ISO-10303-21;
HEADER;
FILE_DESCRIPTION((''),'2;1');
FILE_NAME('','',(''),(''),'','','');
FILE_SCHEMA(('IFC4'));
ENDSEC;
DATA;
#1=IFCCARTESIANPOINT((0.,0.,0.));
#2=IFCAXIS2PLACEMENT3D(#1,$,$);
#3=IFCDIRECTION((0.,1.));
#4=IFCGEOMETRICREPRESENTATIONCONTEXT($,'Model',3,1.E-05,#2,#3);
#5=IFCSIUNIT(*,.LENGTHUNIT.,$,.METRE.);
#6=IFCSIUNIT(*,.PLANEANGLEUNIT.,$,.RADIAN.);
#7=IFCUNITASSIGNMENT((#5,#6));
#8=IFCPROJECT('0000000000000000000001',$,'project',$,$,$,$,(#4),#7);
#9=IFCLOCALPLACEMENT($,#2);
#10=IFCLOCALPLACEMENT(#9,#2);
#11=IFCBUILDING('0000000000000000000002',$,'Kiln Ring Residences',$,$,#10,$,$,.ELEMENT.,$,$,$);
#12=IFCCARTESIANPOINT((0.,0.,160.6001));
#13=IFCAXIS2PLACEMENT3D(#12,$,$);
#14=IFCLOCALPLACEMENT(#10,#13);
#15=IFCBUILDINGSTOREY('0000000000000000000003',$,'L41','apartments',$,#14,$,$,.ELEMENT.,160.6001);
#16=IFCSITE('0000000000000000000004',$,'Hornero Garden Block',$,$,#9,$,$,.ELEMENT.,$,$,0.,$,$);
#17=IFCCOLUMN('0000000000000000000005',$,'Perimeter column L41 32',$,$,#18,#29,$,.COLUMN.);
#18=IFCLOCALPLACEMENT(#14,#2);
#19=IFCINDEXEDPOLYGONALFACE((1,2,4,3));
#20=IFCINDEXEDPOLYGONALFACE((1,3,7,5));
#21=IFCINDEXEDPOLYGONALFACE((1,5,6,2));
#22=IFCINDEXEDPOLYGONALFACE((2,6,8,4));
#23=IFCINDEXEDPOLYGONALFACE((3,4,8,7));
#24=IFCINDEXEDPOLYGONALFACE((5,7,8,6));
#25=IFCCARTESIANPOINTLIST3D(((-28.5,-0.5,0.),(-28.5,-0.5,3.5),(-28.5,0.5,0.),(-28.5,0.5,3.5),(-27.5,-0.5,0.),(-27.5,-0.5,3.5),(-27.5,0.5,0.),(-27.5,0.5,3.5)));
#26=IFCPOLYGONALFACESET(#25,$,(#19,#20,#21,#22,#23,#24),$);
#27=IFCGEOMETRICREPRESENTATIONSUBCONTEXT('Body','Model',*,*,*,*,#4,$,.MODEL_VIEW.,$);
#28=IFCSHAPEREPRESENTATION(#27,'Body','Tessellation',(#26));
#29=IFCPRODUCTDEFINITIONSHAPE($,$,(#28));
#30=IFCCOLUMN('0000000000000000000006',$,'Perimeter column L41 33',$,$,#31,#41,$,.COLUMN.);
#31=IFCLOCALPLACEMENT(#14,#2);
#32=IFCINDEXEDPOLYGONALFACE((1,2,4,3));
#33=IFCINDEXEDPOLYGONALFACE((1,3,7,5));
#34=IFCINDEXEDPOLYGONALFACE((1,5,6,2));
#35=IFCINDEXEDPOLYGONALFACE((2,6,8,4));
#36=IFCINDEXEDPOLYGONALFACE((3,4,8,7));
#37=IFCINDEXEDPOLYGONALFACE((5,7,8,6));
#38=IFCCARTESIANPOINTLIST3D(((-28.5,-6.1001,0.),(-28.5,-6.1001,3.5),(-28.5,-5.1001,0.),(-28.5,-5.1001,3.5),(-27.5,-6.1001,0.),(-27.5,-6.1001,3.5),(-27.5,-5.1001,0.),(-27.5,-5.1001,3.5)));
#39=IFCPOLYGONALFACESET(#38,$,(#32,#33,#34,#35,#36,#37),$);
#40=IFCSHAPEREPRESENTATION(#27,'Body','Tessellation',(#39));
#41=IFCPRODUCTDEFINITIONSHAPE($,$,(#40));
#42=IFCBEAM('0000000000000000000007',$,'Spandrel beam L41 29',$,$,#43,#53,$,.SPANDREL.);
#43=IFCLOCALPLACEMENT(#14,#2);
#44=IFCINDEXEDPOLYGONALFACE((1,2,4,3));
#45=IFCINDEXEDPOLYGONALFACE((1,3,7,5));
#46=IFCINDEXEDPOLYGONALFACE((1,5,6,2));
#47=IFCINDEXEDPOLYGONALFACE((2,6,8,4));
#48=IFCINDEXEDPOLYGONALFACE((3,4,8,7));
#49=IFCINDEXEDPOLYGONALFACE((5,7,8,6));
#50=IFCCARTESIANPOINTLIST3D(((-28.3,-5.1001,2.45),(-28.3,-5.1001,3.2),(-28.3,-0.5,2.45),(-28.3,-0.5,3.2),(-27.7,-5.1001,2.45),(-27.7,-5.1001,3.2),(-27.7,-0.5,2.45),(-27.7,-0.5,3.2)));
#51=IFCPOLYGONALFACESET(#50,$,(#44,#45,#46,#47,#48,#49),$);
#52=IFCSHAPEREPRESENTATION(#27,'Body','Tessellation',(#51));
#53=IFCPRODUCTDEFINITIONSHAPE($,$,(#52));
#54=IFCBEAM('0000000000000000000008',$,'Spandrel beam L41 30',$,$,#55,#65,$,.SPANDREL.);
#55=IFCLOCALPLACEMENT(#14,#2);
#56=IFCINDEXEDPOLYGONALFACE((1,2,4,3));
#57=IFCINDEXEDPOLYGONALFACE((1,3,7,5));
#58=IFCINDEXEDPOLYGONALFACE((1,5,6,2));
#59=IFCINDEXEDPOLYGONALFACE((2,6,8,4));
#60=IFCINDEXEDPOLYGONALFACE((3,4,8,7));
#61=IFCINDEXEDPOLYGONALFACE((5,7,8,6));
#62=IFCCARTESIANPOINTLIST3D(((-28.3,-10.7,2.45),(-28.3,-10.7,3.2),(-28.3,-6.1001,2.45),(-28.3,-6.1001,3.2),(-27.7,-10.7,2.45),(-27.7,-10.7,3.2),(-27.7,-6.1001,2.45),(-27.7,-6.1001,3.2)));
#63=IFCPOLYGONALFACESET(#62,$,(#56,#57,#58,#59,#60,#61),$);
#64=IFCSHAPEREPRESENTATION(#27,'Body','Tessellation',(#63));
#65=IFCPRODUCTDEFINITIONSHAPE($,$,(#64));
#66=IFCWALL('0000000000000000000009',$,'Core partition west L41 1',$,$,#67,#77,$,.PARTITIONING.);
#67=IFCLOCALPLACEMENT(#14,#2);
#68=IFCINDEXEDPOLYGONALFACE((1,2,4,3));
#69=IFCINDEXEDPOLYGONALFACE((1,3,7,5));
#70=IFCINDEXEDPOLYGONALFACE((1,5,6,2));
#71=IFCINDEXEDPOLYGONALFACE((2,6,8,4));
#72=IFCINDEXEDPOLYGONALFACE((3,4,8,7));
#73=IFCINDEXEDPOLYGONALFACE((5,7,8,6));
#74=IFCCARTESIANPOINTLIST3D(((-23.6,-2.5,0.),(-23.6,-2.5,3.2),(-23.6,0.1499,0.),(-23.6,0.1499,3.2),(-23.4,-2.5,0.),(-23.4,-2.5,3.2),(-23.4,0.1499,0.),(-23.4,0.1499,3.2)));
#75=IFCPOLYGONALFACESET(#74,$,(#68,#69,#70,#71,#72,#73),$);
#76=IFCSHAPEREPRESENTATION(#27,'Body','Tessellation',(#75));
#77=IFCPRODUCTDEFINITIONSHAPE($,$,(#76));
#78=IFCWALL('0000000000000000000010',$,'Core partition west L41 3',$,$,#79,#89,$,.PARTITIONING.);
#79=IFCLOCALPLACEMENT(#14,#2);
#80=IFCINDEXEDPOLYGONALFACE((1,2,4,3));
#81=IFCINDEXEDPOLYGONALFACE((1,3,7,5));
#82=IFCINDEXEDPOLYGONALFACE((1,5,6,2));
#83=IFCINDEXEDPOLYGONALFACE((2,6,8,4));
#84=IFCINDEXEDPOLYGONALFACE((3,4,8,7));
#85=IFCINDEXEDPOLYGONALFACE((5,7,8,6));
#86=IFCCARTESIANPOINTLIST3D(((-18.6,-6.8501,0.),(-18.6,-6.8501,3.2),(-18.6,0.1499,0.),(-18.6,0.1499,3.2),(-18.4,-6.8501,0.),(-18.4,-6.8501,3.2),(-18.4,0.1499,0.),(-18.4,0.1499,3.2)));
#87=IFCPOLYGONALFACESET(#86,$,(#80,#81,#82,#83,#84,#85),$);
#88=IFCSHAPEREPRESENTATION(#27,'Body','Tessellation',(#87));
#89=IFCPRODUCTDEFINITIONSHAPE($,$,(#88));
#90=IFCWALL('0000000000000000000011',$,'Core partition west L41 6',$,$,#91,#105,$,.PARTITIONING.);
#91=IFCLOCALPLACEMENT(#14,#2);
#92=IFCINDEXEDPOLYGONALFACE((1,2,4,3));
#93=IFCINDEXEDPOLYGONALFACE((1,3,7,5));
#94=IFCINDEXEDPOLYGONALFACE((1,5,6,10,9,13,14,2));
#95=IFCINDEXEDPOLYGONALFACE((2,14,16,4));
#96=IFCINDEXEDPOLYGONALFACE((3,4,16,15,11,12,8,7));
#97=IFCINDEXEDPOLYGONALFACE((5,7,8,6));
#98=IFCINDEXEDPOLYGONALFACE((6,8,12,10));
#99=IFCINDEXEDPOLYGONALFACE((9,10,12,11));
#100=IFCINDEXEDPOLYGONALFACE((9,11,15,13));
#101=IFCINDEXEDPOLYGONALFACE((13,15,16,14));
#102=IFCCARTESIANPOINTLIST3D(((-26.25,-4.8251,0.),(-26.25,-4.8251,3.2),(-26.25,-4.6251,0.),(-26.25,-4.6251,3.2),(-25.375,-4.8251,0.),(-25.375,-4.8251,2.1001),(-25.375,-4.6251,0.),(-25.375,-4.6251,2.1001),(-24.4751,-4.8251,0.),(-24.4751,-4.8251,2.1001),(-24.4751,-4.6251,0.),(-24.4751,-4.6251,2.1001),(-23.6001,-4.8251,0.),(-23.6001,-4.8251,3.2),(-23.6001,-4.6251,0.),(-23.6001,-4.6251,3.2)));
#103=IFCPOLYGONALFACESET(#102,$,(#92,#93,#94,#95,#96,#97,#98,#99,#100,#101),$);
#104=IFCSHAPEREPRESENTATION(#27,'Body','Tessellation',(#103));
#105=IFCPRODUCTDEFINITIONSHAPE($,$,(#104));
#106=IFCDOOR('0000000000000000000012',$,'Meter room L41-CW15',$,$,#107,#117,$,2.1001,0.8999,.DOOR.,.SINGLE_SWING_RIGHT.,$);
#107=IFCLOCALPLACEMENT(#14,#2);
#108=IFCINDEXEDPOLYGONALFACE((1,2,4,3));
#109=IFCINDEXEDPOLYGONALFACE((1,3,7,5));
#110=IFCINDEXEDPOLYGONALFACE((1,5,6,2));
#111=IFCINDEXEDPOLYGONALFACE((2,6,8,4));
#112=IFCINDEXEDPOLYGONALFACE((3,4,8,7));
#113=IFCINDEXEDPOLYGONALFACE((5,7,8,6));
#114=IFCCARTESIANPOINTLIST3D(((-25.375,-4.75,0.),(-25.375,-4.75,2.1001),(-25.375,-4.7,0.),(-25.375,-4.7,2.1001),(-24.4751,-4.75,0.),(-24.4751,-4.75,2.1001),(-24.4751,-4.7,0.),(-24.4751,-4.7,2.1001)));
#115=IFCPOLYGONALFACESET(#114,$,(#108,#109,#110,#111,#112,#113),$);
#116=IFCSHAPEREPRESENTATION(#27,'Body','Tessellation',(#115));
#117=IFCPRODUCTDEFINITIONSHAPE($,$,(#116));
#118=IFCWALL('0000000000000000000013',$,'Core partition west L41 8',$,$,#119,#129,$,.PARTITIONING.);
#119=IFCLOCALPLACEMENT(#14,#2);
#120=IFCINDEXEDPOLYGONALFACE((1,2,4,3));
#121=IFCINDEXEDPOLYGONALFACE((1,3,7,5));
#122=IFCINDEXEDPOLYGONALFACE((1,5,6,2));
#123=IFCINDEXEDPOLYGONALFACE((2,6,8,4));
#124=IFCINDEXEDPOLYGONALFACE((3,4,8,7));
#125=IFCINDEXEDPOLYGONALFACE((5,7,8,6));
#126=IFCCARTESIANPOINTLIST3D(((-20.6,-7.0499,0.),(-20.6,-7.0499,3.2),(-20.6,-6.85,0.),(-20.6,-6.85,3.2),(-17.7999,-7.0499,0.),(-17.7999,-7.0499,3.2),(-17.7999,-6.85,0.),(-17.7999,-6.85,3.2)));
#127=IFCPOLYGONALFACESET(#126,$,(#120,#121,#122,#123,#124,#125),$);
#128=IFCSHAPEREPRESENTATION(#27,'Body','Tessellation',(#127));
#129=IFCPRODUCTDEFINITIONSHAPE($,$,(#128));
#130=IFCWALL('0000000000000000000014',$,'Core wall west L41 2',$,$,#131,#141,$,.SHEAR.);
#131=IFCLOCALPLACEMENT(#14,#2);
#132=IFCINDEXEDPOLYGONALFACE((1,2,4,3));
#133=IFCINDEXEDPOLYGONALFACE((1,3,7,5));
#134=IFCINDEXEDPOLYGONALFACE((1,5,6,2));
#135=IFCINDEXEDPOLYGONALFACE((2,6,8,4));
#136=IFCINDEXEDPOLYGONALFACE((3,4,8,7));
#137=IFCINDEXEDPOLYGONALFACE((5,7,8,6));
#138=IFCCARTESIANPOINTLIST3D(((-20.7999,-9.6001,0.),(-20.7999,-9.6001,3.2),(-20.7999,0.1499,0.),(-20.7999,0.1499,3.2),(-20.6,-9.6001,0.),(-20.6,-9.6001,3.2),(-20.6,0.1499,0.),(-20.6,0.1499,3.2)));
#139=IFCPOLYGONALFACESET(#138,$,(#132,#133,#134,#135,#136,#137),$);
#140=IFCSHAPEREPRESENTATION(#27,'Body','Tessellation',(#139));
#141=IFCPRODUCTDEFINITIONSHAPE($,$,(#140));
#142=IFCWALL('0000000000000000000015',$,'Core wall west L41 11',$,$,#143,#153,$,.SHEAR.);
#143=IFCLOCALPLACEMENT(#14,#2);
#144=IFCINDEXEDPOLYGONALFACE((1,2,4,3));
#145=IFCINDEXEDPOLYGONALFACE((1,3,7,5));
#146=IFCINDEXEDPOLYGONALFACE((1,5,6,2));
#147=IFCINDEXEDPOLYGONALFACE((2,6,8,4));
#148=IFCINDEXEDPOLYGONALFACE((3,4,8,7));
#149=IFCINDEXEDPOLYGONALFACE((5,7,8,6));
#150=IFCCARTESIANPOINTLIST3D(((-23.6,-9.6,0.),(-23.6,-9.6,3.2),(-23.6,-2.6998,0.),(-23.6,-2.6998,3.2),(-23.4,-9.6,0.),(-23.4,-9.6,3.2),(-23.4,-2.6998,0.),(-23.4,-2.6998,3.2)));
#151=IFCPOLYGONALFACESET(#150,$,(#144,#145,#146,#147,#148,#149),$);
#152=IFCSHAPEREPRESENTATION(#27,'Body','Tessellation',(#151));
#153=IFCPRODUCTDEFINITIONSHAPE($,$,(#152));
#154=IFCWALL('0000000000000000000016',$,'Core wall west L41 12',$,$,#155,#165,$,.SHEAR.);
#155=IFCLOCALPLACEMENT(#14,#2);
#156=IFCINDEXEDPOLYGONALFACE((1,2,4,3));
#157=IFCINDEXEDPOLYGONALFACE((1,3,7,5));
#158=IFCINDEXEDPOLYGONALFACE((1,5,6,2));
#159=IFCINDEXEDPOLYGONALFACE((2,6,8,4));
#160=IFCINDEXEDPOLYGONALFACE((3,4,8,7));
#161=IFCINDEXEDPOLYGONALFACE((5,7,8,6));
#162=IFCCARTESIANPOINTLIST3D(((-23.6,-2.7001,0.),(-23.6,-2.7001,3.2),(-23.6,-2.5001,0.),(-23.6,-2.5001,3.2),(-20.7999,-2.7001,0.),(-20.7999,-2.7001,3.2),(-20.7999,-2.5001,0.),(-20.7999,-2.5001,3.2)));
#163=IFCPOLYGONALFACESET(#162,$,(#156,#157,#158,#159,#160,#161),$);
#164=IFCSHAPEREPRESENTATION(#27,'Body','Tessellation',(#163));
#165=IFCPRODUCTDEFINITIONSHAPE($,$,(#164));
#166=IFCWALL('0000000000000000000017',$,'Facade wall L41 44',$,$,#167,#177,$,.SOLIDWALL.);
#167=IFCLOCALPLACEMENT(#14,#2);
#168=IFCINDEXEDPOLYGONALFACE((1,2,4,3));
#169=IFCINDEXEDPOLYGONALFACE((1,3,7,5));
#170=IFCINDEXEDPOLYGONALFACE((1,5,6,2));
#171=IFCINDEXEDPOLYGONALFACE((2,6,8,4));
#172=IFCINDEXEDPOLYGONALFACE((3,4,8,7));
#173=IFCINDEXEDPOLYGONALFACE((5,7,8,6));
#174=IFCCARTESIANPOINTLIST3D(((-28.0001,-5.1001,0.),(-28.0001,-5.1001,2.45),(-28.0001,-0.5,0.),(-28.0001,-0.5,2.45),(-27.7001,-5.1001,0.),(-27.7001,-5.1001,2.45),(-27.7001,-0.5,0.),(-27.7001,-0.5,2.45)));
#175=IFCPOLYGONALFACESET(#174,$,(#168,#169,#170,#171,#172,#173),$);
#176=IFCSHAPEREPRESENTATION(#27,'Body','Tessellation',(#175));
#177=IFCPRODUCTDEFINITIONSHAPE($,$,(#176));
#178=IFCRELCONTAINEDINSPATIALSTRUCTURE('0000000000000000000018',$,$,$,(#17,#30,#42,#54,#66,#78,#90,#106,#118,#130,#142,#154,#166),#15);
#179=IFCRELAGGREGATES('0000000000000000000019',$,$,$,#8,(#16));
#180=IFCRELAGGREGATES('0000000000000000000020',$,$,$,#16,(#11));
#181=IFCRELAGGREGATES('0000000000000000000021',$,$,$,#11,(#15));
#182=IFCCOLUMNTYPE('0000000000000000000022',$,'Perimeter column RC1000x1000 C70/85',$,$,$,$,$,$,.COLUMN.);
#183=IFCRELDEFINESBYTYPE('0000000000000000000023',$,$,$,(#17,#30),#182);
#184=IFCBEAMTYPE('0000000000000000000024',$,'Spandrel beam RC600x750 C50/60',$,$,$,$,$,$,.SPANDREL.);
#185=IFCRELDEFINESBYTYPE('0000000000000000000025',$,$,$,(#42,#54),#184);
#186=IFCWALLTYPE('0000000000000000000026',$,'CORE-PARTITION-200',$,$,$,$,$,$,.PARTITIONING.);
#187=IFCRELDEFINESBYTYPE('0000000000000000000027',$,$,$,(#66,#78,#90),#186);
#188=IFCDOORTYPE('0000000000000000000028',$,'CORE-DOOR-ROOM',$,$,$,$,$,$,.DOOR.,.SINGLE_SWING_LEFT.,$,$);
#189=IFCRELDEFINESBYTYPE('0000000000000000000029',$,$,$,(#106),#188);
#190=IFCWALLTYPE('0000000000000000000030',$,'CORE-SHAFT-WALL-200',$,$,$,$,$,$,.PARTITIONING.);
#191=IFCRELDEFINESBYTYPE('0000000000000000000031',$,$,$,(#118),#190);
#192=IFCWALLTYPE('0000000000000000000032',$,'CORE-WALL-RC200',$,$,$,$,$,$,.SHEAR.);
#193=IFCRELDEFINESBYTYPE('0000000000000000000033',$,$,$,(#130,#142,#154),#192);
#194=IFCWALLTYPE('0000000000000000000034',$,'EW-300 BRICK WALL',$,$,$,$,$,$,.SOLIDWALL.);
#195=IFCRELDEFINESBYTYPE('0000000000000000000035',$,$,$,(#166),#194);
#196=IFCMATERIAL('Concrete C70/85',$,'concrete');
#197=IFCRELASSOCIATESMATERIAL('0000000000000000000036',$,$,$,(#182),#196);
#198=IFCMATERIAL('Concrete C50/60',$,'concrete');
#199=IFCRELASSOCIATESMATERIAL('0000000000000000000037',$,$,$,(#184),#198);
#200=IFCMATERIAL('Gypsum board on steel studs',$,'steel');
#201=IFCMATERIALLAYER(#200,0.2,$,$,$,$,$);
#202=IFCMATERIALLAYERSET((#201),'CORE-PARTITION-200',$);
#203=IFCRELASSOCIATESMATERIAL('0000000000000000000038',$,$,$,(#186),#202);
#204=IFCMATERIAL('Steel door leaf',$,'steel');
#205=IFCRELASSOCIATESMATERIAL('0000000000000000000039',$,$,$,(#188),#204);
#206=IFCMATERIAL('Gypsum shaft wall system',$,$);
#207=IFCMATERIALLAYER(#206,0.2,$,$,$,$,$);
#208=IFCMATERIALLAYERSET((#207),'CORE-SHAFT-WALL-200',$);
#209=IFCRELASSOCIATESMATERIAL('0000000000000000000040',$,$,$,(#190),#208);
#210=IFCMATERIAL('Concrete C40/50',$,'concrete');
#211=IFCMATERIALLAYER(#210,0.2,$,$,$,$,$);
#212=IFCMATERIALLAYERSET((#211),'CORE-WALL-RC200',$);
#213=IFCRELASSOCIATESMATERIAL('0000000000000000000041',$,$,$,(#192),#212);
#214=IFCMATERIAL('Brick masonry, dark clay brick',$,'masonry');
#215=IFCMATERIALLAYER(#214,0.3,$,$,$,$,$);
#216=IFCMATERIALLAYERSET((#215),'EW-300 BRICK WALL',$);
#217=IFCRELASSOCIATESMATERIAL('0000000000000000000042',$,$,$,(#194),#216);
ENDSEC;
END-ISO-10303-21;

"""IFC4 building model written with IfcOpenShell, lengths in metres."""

from ifc_helpers import new_model, si_unit, direction, frame, frame_2d, origin, origin_2d, place, context, subcontext, project, spatial, rectangle, extrude, material, layer, layer_set, material_profile, profile_set, type_object, element, fill, save


model = new_model("IFC4")

# Units and contexts
model_context = context("Model", 3, precision=1e-05, world=origin(), true_north=direction((0.0, 1.0)))
body_context = subcontext(model_context, "Body", "Model", "MODEL_VIEW")
ifc_project = project(units=[si_unit("LENGTHUNIT", "METRE"), si_unit("PLANEANGLEUNIT", "RADIAN")], contexts=[model_context])

# Site, building, storey
site_placement = place(None, origin())
site = spatial("IfcSite", under=ifc_project, at=site_placement, Name="Hornero Garden Block", CompositionType="ELEMENT", RefElevation=0.0)
building_placement = place(site_placement, origin())
building = spatial("IfcBuilding", under=site, at=building_placement, Name="Kiln Ring Residences", CompositionType="ELEMENT")
storey_placement = place(building_placement, frame((0.0, 0.0, 160.6001)))
storey = spatial("IfcBuildingStorey", under=building, at=storey_placement, Name="L41", Description="apartments", CompositionType="ELEMENT", Elevation=160.6001)

# Columns
ifc_material_1 = material(Name="Concrete C70/85", Category="concrete")
ifc_material_profile_1 = material_profile(ifc_material_1, rectangle(XDim=1.0, YDim=1.0, at=origin_2d()), Name="RC1000x1000")
ifc_profile_set_1 = profile_set([ifc_material_profile_1], Name="Concrete C70/85")
column_type = type_object("IfcColumnType", Name="Perimeter column RC1000x1000 C70/85", PredefinedType="COLUMN", material=ifc_profile_set_1)
for number, where, z_axis, x_axis, name in (
    (1, (-28.0, 0.0, 0.0), (0.0, 0.0, 1.0), (1.0, 0.0, 0.0), "Perimeter column L41 32"),
    (2, (-28.0, -5.6001, 0.0), (0.0, 0.0, 1.0), (1.0, 0.0, 0.0), "Perimeter column L41 33"),
):
    element("IfcColumn", number, at=place(storey_placement, frame(where, z_axis=z_axis, x_axis=x_axis)), inside=storey, type_object=column_type, Name=name, PredefinedType="COLUMN", context=body_context, shape_type="SweptSolid", body=[
        extrude(rectangle(XDim=1.0, YDim=1.0, at=origin_2d()), origin(), (0.0, 0.0, 1.0), 3.5),
    ])

# Beams
ifc_material_2 = material(Name="Concrete C50/60", Category="concrete")
ifc_material_profile_2 = material_profile(ifc_material_2, rectangle(XDim=0.6001, YDim=0.75, at=origin_2d()), Name="RC600x750")
ifc_profile_set_2 = profile_set([ifc_material_profile_2], Name="Concrete C50/60")
beam_type = type_object("IfcBeamType", Name="Spandrel beam RC600x750 C50/60", PredefinedType="SPANDREL", material=ifc_profile_set_2)
beam_1_placement = place(storey_placement, frame((-28.0, -0.5, 2.825), z_axis=(0.0, -1.0, 0.0), x_axis=(1.0, 0.0, 0.0)))
element("IfcBeam", 3, at=beam_1_placement, inside=storey, type_object=beam_type, Name="Spandrel beam L41 29", PredefinedType="SPANDREL", context=body_context, shape_type="SweptSolid", body=[
    extrude(rectangle(XDim=0.6001, YDim=0.75, at=origin_2d()), origin(), (0.0, 0.0, 1.0), 4.6001),
])
beam_2_placement = place(storey_placement, frame((-28.0, -6.1001, 2.825), z_axis=(0.0, -1.0, 0.0), x_axis=(1.0, 0.0, 0.0)))
element("IfcBeam", 4, at=beam_2_placement, inside=storey, type_object=beam_type, Name="Spandrel beam L41 30", PredefinedType="SPANDREL", context=body_context, shape_type="SweptSolid", body=[
    extrude(rectangle(XDim=0.6001, YDim=0.75, at=origin_2d()), origin(), (0.0, 0.0, 1.0), 4.5999),
])

# Walls
ifc_material_3 = material(Name="Gypsum board on steel studs", Category="steel")
ifc_layer_1 = layer(ifc_material_3, 0.2)
ifc_layer_set_1 = layer_set([ifc_layer_1], Name="CORE-PARTITION-200")
wall_type_1 = type_object("IfcWallType", Name="CORE-PARTITION-200", PredefinedType="PARTITIONING", material=ifc_layer_set_1)
wall_1_placement = place(storey_placement, frame((-23.5, -2.5, 0.0), z_axis=(0.0, 0.0, 1.0), x_axis=(0.0, 1.0, 0.0)))
element("IfcWall", 5, at=wall_1_placement, inside=storey, type_object=wall_type_1, Name="Core partition west L41 1", PredefinedType="PARTITIONING", context=body_context, shape_type="SweptSolid", body=[
    extrude(rectangle(XDim=2.6499, YDim=0.2, at=frame_2d((1.325, 0.0))), origin(), (0.0, 0.0, 1.0), 3.2),
])
wall_2_placement = place(storey_placement, frame((-18.5, -6.8501, 0.0), z_axis=(0.0, 0.0, 1.0), x_axis=(0.0, 1.0, 0.0)))
element("IfcWall", 6, at=wall_2_placement, inside=storey, type_object=wall_type_1, Name="Core partition west L41 3", PredefinedType="PARTITIONING", context=body_context, shape_type="SweptSolid", body=[
    extrude(rectangle(XDim=7.0, YDim=0.2, at=frame_2d((3.5, 0.0))), origin(), (0.0, 0.0, 1.0), 3.2),
])

# Wall, opening, door
wall_3_placement = place(storey_placement, frame((-23.6001, -4.7251, 0.0), z_axis=(0.0, 0.0, 1.0), x_axis=(-1.0, 0.0, 0.0)))
wall_3 = element("IfcWall", 7, at=wall_3_placement, inside=storey, type_object=wall_type_1, Name="Core partition west L41 6", PredefinedType="PARTITIONING", context=body_context, shape_type="SweptSolid", body=[
    extrude(rectangle(XDim=2.6499, YDim=0.2, at=frame_2d((1.325, 0.0))), origin(), (0.0, 0.0, 1.0), 3.2),
])
opening_placement = place(wall_3_placement, frame((0.875, 0.0, 0.0)))
opening = element("IfcOpeningElement", 8, at=opening_placement, cuts=wall_3, PredefinedType="OPENING", context=body_context, shape_type="SweptSolid", body=[
    extrude(rectangle(XDim=0.8999, YDim=2.1001, at=frame_2d((0.45, 1.05))), frame((0.0, 0.1099, 0.0), z_axis=(0.0, -1.0, 0.0), x_axis=(1.0, 0.0, 0.0)), (0.0, 0.0, 1.0), 0.22),
])
ifc_material_4 = material(Name="Steel door leaf", Category="steel")
door_type = type_object("IfcDoorType", Name="CORE-DOOR-ROOM", OperationType="SINGLE_SWING_LEFT", PredefinedType="DOOR", material=ifc_material_4)
door_placement = place(opening_placement, origin())
door = element("IfcDoor", 9, at=door_placement, inside=storey, type_object=door_type, Name="Meter room L41-CW15", OperationType="SINGLE_SWING_RIGHT", OverallHeight=2.1001, OverallWidth=0.8999, PredefinedType="DOOR", context=body_context, shape_type="SweptSolid", body=[
    extrude(rectangle(XDim=0.8999, YDim=2.1001, at=frame_2d((0.45, 1.05))), frame((0.0, 0.0249, 0.0), z_axis=(0.0, -1.0, 0.0), x_axis=(1.0, 0.0, 0.0)), (0.0, 0.0, 1.0), 0.05),
])
fill(opening, door)

# Walls
ifc_material_5 = material(Name="Gypsum shaft wall system")
ifc_layer_2 = layer(ifc_material_5, 0.2)
ifc_layer_set_2 = layer_set([ifc_layer_2], Name="CORE-SHAFT-WALL-200")
wall_type_2 = type_object("IfcWallType", Name="CORE-SHAFT-WALL-200", PredefinedType="PARTITIONING", material=ifc_layer_set_2)
wall_4_placement = place(storey_placement, frame((-17.8, -6.95, 0.0), z_axis=(0.0, 0.0, 1.0), x_axis=(-1.0, 0.0, 0.0)))
element("IfcWall", 10, at=wall_4_placement, inside=storey, type_object=wall_type_2, Name="Core partition west L41 8", PredefinedType="PARTITIONING", context=body_context, shape_type="SweptSolid", body=[
    extrude(rectangle(XDim=2.8, YDim=0.2, at=frame_2d((1.3999, 0.0))), origin(), (0.0, 0.0, 1.0), 3.2),
])
ifc_material_6 = material(Name="Concrete C40/50", Category="concrete")
ifc_layer_3 = layer(ifc_material_6, 0.2)
ifc_layer_set_3 = layer_set([ifc_layer_3], Name="CORE-WALL-RC200")
wall_type_3 = type_object("IfcWallType", Name="CORE-WALL-RC200", PredefinedType="SHEAR", material=ifc_layer_set_3)
wall_5_placement = place(storey_placement, frame((-20.7, -9.6001, 0.0), z_axis=(0.0, 0.0, 1.0), x_axis=(0.0, 1.0, 0.0)))
element("IfcWall", 11, at=wall_5_placement, inside=storey, type_object=wall_type_3, Name="Core wall west L41 2", PredefinedType="SHEAR", context=body_context, shape_type="SweptSolid", body=[
    extrude(rectangle(XDim=9.75, YDim=0.2, at=frame_2d((4.875, 0.0))), origin(), (0.0, 0.0, 1.0), 3.2),
])
wall_6_placement = place(storey_placement, frame((-23.5, -9.6001, 0.0), z_axis=(0.0, 0.0, 1.0), x_axis=(0.0, 1.0, 0.0)))
element("IfcWall", 12, at=wall_6_placement, inside=storey, type_object=wall_type_3, Name="Core wall west L41 11", PredefinedType="SHEAR", context=body_context, shape_type="SweptSolid", body=[
    extrude(rectangle(XDim=6.9001, YDim=0.2, at=frame_2d((3.4502, 0.0))), origin(), (0.0, 0.0, 1.0), 3.2),
])
wall_7_placement = place(storey_placement, frame((-20.8, -2.6001, 0.0), z_axis=(0.0, 0.0, 1.0), x_axis=(-1.0, 0.0, 0.0)))
element("IfcWall", 13, at=wall_7_placement, inside=storey, type_object=wall_type_3, Name="Core wall west L41 12", PredefinedType="SHEAR", context=body_context, shape_type="SweptSolid", body=[
    extrude(rectangle(XDim=2.8, YDim=0.2, at=frame_2d((1.3999, 0.0))), origin(), (0.0, 0.0, 1.0), 3.2),
])
ifc_material_7 = material(Name="Brick masonry, dark clay brick", Category="masonry")
ifc_layer_4 = layer(ifc_material_7, 0.3)
ifc_layer_set_4 = layer_set([ifc_layer_4], Name="EW-300 BRICK WALL")
wall_type_4 = type_object("IfcWallType", Name="EW-300 BRICK WALL", PredefinedType="SOLIDWALL", material=ifc_layer_set_4)
wall_8_placement = place(storey_placement, frame((-27.8501, -0.5, 0.0), z_axis=(0.0, 0.0, 1.0), x_axis=(0.0, -1.0, 0.0)))
element("IfcWall", 14, at=wall_8_placement, inside=storey, type_object=wall_type_4, Name="Facade wall L41 44", PredefinedType="SOLIDWALL", context=body_context, shape_type="SweptSolid", body=[
    extrude(rectangle(XDim=4.6001, YDim=0.3, at=frame_2d((2.3, 0.0))), origin(), (0.0, 0.0, 1.0), 2.45),
])

save(model, "model.ifc")
